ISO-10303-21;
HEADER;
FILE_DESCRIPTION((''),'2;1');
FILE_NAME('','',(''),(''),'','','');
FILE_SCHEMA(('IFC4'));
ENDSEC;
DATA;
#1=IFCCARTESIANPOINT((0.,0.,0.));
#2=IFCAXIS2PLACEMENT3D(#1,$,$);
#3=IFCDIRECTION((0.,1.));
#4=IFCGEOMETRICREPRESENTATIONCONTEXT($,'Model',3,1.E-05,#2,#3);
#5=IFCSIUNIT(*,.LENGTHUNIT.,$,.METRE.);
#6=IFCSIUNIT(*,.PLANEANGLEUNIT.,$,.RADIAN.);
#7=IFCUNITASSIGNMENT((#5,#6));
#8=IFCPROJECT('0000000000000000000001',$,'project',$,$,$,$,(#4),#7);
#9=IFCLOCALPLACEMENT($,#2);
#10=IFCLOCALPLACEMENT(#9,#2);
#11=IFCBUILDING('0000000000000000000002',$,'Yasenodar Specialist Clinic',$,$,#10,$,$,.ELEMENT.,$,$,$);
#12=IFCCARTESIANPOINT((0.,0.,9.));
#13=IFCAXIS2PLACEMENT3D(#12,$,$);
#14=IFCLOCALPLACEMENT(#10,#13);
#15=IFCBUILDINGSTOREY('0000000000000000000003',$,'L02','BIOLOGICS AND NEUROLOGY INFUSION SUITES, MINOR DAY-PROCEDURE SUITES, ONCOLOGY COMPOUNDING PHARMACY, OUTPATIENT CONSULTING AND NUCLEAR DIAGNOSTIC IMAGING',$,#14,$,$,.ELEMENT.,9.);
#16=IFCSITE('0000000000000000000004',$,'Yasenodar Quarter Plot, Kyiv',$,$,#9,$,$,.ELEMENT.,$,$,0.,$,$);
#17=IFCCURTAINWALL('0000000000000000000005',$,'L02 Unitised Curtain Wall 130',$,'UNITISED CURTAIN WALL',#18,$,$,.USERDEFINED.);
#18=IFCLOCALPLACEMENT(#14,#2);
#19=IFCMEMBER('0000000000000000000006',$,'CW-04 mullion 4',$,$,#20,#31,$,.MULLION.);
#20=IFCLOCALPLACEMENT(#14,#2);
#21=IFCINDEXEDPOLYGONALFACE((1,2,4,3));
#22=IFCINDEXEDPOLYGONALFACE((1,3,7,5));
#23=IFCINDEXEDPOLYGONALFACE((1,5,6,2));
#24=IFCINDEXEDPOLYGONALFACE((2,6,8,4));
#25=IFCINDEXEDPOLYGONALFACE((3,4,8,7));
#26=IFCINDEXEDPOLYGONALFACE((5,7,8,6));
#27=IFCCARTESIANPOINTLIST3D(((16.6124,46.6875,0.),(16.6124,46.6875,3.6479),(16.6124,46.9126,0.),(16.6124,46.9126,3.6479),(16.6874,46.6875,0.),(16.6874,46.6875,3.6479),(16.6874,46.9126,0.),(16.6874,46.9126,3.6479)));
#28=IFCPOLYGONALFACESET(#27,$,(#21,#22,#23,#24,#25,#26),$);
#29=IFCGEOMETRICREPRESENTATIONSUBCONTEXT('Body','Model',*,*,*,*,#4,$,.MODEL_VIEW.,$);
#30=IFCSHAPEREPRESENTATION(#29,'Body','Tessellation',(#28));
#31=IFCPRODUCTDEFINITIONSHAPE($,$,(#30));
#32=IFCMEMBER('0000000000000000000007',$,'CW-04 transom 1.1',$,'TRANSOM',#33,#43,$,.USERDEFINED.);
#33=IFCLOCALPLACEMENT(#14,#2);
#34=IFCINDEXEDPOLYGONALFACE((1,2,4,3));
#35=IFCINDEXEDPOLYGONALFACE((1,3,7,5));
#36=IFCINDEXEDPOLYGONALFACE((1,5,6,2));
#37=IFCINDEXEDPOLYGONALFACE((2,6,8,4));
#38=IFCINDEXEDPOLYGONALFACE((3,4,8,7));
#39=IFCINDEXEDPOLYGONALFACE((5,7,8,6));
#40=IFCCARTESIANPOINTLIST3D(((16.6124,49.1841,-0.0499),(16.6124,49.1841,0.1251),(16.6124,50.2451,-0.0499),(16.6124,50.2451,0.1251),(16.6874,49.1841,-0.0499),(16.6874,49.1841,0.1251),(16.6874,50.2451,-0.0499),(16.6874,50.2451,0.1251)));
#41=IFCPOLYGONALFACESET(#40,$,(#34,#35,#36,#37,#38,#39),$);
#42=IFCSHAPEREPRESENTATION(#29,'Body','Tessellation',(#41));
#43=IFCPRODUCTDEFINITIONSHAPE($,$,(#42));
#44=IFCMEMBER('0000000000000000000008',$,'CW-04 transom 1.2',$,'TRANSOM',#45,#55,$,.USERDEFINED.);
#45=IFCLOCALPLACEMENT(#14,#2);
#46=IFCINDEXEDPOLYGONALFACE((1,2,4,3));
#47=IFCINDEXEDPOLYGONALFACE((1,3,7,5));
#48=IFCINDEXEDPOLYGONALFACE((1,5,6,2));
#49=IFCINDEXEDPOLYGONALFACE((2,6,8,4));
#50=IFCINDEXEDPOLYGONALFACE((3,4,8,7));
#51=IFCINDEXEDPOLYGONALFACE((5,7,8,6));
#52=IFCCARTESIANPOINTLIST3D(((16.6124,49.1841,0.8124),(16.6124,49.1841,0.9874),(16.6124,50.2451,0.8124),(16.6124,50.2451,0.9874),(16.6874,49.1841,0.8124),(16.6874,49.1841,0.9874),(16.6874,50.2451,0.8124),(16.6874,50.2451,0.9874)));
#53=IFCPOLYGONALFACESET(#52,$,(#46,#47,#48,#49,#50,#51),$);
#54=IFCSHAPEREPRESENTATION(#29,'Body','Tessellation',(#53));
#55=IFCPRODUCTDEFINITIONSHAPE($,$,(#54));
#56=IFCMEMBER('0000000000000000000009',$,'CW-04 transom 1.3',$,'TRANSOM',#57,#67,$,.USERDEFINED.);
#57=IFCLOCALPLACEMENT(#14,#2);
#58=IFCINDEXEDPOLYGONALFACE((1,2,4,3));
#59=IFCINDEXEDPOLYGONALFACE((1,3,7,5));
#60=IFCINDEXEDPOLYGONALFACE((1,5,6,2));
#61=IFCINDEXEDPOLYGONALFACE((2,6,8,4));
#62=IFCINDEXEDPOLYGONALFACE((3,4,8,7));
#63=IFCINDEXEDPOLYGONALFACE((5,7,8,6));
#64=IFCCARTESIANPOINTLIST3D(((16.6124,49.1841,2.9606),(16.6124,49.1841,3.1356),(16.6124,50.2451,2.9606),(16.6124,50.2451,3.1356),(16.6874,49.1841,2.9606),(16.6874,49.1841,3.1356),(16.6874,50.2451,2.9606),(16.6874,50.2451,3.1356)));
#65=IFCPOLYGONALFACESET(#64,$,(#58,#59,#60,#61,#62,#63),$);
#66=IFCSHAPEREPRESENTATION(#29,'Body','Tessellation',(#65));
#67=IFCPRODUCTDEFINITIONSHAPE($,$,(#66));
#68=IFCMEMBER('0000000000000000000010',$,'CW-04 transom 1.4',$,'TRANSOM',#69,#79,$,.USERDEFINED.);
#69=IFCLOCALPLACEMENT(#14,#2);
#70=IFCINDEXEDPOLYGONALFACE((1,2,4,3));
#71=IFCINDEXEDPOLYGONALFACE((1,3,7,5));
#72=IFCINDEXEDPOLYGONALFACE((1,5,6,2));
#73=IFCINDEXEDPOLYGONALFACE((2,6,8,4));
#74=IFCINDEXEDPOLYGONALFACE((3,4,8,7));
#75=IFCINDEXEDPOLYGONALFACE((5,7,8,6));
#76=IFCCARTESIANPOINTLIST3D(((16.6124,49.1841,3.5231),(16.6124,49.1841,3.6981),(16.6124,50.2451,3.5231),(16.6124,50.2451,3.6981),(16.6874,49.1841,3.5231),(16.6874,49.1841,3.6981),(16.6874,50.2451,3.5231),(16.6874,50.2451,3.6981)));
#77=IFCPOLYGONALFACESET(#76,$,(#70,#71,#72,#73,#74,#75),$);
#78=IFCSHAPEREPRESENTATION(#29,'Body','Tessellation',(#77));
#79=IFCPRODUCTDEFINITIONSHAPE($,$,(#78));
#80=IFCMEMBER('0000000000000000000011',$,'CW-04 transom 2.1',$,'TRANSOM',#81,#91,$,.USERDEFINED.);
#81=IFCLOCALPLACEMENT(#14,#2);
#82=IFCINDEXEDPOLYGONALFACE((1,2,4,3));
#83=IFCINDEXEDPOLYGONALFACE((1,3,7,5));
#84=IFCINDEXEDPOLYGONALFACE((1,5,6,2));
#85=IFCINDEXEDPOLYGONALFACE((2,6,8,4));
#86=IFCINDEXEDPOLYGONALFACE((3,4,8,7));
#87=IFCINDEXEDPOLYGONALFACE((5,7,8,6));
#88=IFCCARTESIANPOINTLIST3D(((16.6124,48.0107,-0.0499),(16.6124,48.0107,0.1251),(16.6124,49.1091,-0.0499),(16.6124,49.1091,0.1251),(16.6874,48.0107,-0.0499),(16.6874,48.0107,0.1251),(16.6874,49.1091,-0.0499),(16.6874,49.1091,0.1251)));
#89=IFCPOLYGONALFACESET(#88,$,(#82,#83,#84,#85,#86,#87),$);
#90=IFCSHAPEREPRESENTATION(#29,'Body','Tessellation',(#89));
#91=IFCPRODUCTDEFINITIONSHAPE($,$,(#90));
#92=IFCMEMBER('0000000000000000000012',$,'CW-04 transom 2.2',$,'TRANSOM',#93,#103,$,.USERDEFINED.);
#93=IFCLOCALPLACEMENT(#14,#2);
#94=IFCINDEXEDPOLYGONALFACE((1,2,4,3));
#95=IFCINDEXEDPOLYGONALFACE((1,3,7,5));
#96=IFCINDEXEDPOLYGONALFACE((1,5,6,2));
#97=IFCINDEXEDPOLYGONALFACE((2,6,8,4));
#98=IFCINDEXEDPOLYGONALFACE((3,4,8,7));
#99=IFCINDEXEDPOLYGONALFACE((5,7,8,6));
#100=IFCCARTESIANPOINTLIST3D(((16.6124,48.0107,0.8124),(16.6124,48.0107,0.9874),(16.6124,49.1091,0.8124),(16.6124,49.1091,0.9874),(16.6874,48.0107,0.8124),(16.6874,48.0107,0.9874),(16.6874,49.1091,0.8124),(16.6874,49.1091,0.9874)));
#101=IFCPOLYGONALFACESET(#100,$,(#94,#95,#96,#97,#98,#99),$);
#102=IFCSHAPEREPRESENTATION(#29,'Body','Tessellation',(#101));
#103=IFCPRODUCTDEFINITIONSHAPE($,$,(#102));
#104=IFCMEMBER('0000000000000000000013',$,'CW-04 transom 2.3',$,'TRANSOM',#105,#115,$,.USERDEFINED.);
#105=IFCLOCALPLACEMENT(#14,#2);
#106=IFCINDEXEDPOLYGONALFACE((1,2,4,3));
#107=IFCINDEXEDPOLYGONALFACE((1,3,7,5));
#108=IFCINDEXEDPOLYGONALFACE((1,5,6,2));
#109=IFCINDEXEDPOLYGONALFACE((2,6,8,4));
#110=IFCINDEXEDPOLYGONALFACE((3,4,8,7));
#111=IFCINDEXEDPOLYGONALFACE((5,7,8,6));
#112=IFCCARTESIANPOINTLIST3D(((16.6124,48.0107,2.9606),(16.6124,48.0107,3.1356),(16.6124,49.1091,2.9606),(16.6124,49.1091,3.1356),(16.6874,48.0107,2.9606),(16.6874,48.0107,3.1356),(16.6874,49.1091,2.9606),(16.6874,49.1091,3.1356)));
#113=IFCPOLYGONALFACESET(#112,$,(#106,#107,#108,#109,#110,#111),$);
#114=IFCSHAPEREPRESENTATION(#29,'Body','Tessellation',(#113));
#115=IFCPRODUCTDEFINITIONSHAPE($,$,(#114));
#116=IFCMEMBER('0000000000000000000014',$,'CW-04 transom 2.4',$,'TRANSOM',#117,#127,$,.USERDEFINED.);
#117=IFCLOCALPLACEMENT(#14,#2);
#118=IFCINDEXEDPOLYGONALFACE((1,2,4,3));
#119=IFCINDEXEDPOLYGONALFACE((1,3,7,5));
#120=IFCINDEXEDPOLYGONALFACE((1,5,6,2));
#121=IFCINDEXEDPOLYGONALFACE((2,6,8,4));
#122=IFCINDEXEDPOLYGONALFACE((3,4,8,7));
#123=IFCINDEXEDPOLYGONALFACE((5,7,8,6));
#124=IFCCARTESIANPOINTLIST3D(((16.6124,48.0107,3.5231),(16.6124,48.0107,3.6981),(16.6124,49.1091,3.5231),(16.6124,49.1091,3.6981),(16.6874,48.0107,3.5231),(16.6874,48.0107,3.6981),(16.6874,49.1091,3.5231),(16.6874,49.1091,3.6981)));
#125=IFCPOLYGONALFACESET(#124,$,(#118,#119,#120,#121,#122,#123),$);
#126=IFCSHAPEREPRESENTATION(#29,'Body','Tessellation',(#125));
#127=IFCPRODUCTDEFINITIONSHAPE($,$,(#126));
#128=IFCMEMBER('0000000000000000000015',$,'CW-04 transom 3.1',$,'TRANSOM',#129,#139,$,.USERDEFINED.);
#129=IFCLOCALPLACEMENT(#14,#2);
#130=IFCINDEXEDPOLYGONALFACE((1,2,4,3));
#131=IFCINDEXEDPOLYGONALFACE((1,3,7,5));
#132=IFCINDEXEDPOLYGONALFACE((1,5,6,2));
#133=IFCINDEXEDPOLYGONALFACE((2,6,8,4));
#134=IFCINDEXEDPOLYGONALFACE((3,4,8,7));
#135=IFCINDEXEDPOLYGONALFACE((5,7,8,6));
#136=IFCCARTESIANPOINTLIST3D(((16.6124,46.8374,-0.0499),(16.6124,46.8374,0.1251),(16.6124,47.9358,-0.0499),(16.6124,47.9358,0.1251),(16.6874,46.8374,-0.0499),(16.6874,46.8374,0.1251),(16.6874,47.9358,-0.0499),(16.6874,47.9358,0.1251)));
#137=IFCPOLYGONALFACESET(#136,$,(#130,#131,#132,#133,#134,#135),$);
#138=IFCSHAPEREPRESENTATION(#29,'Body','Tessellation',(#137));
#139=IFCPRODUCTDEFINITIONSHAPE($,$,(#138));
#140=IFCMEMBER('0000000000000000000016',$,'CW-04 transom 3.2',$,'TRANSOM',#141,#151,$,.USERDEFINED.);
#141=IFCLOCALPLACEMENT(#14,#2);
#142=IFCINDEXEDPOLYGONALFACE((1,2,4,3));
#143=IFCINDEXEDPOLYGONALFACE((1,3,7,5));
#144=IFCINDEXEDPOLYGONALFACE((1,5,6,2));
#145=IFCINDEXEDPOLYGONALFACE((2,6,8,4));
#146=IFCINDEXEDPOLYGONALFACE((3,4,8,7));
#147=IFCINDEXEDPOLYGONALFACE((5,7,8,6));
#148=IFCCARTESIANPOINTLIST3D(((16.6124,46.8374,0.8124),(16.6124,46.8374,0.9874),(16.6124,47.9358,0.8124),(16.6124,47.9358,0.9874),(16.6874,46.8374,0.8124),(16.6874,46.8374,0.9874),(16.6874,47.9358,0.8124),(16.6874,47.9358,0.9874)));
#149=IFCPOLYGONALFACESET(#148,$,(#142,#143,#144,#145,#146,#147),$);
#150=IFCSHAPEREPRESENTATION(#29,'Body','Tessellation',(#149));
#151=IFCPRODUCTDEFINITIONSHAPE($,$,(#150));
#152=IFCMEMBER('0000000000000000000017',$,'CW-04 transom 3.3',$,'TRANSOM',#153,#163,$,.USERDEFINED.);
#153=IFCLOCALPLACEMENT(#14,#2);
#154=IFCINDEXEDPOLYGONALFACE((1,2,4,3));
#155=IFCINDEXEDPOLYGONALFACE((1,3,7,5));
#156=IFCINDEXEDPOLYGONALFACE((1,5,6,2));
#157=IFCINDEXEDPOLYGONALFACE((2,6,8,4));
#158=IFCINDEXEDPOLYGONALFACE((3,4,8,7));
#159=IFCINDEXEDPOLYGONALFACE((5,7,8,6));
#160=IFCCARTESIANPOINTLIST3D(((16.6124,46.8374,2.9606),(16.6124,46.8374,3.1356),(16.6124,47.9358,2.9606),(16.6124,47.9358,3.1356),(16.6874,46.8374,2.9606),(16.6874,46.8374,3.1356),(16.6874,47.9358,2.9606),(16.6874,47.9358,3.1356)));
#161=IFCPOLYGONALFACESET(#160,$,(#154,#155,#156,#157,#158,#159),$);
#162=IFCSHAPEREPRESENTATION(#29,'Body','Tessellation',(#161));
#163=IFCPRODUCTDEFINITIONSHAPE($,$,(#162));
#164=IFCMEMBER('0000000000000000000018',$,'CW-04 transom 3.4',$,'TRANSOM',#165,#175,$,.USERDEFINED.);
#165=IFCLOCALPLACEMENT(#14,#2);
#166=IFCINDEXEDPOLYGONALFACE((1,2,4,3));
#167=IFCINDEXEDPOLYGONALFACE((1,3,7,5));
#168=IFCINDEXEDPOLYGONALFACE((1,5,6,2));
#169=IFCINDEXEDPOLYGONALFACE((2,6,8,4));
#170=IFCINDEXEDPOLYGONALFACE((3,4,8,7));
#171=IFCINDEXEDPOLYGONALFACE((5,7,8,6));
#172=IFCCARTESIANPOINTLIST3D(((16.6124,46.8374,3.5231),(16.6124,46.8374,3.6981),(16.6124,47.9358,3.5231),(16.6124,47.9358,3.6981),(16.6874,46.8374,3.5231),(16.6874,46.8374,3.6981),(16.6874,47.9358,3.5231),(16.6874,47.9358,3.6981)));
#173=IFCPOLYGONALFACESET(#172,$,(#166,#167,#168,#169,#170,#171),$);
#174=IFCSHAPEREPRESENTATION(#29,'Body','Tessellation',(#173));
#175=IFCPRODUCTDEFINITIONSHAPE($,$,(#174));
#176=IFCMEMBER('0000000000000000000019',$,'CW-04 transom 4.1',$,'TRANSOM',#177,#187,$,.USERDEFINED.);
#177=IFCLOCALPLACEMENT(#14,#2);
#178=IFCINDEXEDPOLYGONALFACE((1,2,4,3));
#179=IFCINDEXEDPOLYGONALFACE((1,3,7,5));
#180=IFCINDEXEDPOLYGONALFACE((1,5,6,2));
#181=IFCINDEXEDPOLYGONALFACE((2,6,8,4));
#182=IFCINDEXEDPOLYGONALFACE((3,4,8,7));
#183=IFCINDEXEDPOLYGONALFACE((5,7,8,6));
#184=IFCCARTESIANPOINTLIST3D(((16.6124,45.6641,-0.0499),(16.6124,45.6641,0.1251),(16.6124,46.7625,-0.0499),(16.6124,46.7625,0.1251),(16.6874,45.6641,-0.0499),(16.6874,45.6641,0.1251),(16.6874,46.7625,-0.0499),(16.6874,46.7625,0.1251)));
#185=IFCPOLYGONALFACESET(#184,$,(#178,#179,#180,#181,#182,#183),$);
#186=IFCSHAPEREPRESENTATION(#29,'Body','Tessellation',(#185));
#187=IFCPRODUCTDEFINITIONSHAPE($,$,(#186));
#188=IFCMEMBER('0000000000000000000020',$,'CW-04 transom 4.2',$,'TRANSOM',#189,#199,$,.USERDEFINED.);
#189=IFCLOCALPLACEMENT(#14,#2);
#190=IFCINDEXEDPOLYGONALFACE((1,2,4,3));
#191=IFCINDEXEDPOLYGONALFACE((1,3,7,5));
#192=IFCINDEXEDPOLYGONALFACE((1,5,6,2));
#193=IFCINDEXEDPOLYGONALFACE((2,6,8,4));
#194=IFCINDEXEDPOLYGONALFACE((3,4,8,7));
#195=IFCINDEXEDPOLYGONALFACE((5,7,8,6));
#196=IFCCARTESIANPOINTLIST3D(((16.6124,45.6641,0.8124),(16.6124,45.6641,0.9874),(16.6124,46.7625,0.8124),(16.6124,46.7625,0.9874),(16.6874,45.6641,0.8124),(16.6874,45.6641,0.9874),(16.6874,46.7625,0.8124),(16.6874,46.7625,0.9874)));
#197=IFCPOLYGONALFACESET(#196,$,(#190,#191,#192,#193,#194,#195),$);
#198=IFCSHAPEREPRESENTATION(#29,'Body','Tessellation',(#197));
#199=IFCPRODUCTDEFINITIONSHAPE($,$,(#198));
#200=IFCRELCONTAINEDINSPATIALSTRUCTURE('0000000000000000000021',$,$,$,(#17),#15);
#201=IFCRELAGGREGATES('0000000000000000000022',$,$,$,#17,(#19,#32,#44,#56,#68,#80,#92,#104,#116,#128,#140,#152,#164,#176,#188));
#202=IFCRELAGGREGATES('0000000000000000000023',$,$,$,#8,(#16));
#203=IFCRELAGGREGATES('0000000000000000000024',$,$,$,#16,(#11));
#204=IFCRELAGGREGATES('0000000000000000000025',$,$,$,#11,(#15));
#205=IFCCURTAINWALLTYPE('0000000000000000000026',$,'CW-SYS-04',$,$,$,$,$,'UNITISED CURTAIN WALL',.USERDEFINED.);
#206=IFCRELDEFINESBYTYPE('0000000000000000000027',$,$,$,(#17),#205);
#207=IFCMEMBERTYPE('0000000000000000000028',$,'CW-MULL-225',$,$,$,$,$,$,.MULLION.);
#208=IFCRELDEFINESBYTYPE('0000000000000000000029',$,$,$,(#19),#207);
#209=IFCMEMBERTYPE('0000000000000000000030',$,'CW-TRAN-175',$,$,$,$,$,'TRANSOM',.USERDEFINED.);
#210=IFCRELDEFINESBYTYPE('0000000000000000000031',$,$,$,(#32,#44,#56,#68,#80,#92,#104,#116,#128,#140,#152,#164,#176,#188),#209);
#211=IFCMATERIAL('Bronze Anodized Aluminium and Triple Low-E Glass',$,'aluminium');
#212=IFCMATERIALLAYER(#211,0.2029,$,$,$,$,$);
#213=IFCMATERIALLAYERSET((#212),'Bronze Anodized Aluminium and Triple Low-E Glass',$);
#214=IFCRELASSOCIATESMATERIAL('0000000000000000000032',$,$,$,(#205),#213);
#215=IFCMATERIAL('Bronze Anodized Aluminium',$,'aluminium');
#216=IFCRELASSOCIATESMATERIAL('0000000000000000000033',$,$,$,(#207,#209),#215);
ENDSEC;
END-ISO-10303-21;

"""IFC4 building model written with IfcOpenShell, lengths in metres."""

from ifc_helpers import new_model, si_unit, direction, frame, origin, origin_2d, place, context, subcontext, project, spatial, rectangle, extrude, material, layer, layer_set, material_profile, profile_set, type_object, element, aggregate, save


model = new_model("IFC4")

# Units and contexts
model_context = context("Model", 3, precision=1e-05, world=origin(), true_north=direction((0.0, 1.0)))
body_context = subcontext(model_context, "Body", "Model", "MODEL_VIEW")
ifc_project = project(units=[si_unit("LENGTHUNIT", "METRE"), si_unit("PLANEANGLEUNIT", "RADIAN")], contexts=[model_context])

# Site, building, storey
site_placement = place(None, origin())
site = spatial("IfcSite", under=ifc_project, at=site_placement, Name="Yasenodar Quarter Plot, Kyiv", CompositionType="ELEMENT", RefElevation=0.0)
building_placement = place(site_placement, origin())
building = spatial("IfcBuilding", under=site, at=building_placement, Name="Yasenodar Specialist Clinic", CompositionType="ELEMENT")
storey_placement = place(building_placement, frame((0.0, 0.0, 9.0)))
storey = spatial("IfcBuildingStorey", under=building, at=storey_placement, Name="L02", Description="BIOLOGICS AND NEUROLOGY INFUSION SUITES, MINOR DAY-PROCEDURE SUITES, ONCOLOGY COMPOUNDING PHARMACY, OUTPATIENT CONSULTING AND NUCLEAR DIAGNOSTIC IMAGING", CompositionType="ELEMENT", Elevation=9.0)

# Curtain wall, members
ifc_material_1 = material(Name="Bronze Anodized Aluminium and Triple Low-E Glass", Category="aluminium")
ifc_layer_1 = layer(ifc_material_1, 0.2029)
ifc_layer_set_1 = layer_set([ifc_layer_1], Name="Bronze Anodized Aluminium and Triple Low-E Glass")
curtain_wall_type = type_object("IfcCurtainWallType", Name="CW-SYS-04", ElementType="UNITISED CURTAIN WALL", PredefinedType="USERDEFINED", material=ifc_layer_set_1)
curtain_wall_placement = place(storey_placement, origin())
curtain_wall = element("IfcCurtainWall", 1, at=curtain_wall_placement, inside=storey, type_object=curtain_wall_type, Name="L02 Unitised Curtain Wall 130", ObjectType="UNITISED CURTAIN WALL", PredefinedType="USERDEFINED")
ifc_material_2 = material(Name="Bronze Anodized Aluminium", Category="aluminium")
ifc_material_profile_1 = material_profile(ifc_material_2, rectangle(XDim=0.075, YDim=0.2251, at=origin_2d()), Name="CW-MULL 75x225")
ifc_profile_set_1 = profile_set([ifc_material_profile_1], Name="Bronze Anodized Aluminium")
member_type_1 = type_object("IfcMemberType", Name="CW-MULL-225", PredefinedType="MULLION", material=ifc_profile_set_1)
member_1_placement = place(storey_placement, frame((16.6499, 46.8, 0.0), z_axis=(0.0, 0.0, 1.0), x_axis=(1.0, 0.0, 0.0)))
member_1 = element("IfcMember", 2, at=member_1_placement, type_object=member_type_1, Name="CW-04 mullion 4", PredefinedType="MULLION", context=body_context, shape_type="SweptSolid", body=[
    extrude(rectangle(XDim=0.075, YDim=0.2251, at=origin_2d()), origin(), (0.0, 0.0, 1.0), 3.6479),
])
ifc_material_profile_2 = material_profile(ifc_material_2, rectangle(XDim=0.075, YDim=0.175, at=origin_2d()), Name="CW-TRAN 75x175")
ifc_profile_set_2 = profile_set([ifc_material_profile_2], Name="Bronze Anodized Aluminium")
member_type_2 = type_object("IfcMemberType", Name="CW-TRAN-175", ElementType="TRANSOM", PredefinedType="USERDEFINED", material=ifc_profile_set_2)
member_2_placement = place(storey_placement, frame((16.6499, 50.2451, 0.0376), z_axis=(0.0, -1.0, 0.0), x_axis=(1.0, 0.0, 0.0)))
member_2 = element("IfcMember", 3, at=member_2_placement, type_object=member_type_2, Name="CW-04 transom 1.1", ObjectType="TRANSOM", PredefinedType="USERDEFINED", context=body_context, shape_type="SweptSolid", body=[
    extrude(rectangle(XDim=0.075, YDim=0.175, at=origin_2d()), origin(), (0.0, 0.0, 1.0), 1.061),
])
member_3_placement = place(storey_placement, frame((16.6499, 50.2451, 0.8999), z_axis=(0.0, -1.0, 0.0), x_axis=(1.0, 0.0, 0.0)))
member_3 = element("IfcMember", 4, at=member_3_placement, type_object=member_type_2, Name="CW-04 transom 1.2", ObjectType="TRANSOM", PredefinedType="USERDEFINED", context=body_context, shape_type="SweptSolid", body=[
    extrude(rectangle(XDim=0.075, YDim=0.175, at=origin_2d()), origin(), (0.0, 0.0, 1.0), 1.061),
])
member_4_placement = place(storey_placement, frame((16.6499, 50.2451, 3.0481), z_axis=(0.0, -1.0, 0.0), x_axis=(1.0, 0.0, 0.0)))
member_4 = element("IfcMember", 5, at=member_4_placement, type_object=member_type_2, Name="CW-04 transom 1.3", ObjectType="TRANSOM", PredefinedType="USERDEFINED", context=body_context, shape_type="SweptSolid", body=[
    extrude(rectangle(XDim=0.075, YDim=0.175, at=origin_2d()), origin(), (0.0, 0.0, 1.0), 1.061),
])
member_5_placement = place(storey_placement, frame((16.6499, 50.2451, 3.6106), z_axis=(0.0, -1.0, 0.0), x_axis=(1.0, 0.0, 0.0)))
member_5 = element("IfcMember", 6, at=member_5_placement, type_object=member_type_2, Name="CW-04 transom 1.4", ObjectType="TRANSOM", PredefinedType="USERDEFINED", context=body_context, shape_type="SweptSolid", body=[
    extrude(rectangle(XDim=0.075, YDim=0.175, at=origin_2d()), origin(), (0.0, 0.0, 1.0), 1.061),
])
member_6_placement = place(storey_placement, frame((16.6499, 49.1091, 0.0376), z_axis=(0.0, -1.0, 0.0), x_axis=(1.0, 0.0, 0.0)))
member_6 = element("IfcMember", 7, at=member_6_placement, type_object=member_type_2, Name="CW-04 transom 2.1", ObjectType="TRANSOM", PredefinedType="USERDEFINED", context=body_context, shape_type="SweptSolid", body=[
    extrude(rectangle(XDim=0.075, YDim=0.175, at=origin_2d()), origin(), (0.0, 0.0, 1.0), 1.0984),
])
member_7_placement = place(storey_placement, frame((16.6499, 49.1091, 0.8999), z_axis=(0.0, -1.0, 0.0), x_axis=(1.0, 0.0, 0.0)))
member_7 = element("IfcMember", 8, at=member_7_placement, type_object=member_type_2, Name="CW-04 transom 2.2", ObjectType="TRANSOM", PredefinedType="USERDEFINED", context=body_context, shape_type="SweptSolid", body=[
    extrude(rectangle(XDim=0.075, YDim=0.175, at=origin_2d()), origin(), (0.0, 0.0, 1.0), 1.0984),
])
member_8_placement = place(storey_placement, frame((16.6499, 49.1091, 3.0481), z_axis=(0.0, -1.0, 0.0), x_axis=(1.0, 0.0, 0.0)))
member_8 = element("IfcMember", 9, at=member_8_placement, type_object=member_type_2, Name="CW-04 transom 2.3", ObjectType="TRANSOM", PredefinedType="USERDEFINED", context=body_context, shape_type="SweptSolid", body=[
    extrude(rectangle(XDim=0.075, YDim=0.175, at=origin_2d()), origin(), (0.0, 0.0, 1.0), 1.0984),
])
member_9_placement = place(storey_placement, frame((16.6499, 49.1091, 3.6106), z_axis=(0.0, -1.0, 0.0), x_axis=(1.0, 0.0, 0.0)))
member_9 = element("IfcMember", 10, at=member_9_placement, type_object=member_type_2, Name="CW-04 transom 2.4", ObjectType="TRANSOM", PredefinedType="USERDEFINED", context=body_context, shape_type="SweptSolid", body=[
    extrude(rectangle(XDim=0.075, YDim=0.175, at=origin_2d()), origin(), (0.0, 0.0, 1.0), 1.0984),
])
member_10_placement = place(storey_placement, frame((16.6499, 47.9358, 0.0376), z_axis=(0.0, -1.0, 0.0), x_axis=(1.0, 0.0, 0.0)))
member_10 = element("IfcMember", 11, at=member_10_placement, type_object=member_type_2, Name="CW-04 transom 3.1", ObjectType="TRANSOM", PredefinedType="USERDEFINED", context=body_context, shape_type="SweptSolid", body=[
    extrude(rectangle(XDim=0.075, YDim=0.175, at=origin_2d()), origin(), (0.0, 0.0, 1.0), 1.0984),
])
member_11_placement = place(storey_placement, frame((16.6499, 47.9358, 0.8999), z_axis=(0.0, -1.0, 0.0), x_axis=(1.0, 0.0, 0.0)))
member_11 = element("IfcMember", 12, at=member_11_placement, type_object=member_type_2, Name="CW-04 transom 3.2", ObjectType="TRANSOM", PredefinedType="USERDEFINED", context=body_context, shape_type="SweptSolid", body=[
    extrude(rectangle(XDim=0.075, YDim=0.175, at=origin_2d()), origin(), (0.0, 0.0, 1.0), 1.0984),
])
member_12_placement = place(storey_placement, frame((16.6499, 47.9358, 3.0481), z_axis=(0.0, -1.0, 0.0), x_axis=(1.0, 0.0, 0.0)))
member_12 = element("IfcMember", 13, at=member_12_placement, type_object=member_type_2, Name="CW-04 transom 3.3", ObjectType="TRANSOM", PredefinedType="USERDEFINED", context=body_context, shape_type="SweptSolid", body=[
    extrude(rectangle(XDim=0.075, YDim=0.175, at=origin_2d()), origin(), (0.0, 0.0, 1.0), 1.0984),
])
member_13_placement = place(storey_placement, frame((16.6499, 47.9358, 3.6106), z_axis=(0.0, -1.0, 0.0), x_axis=(1.0, 0.0, 0.0)))
member_13 = element("IfcMember", 14, at=member_13_placement, type_object=member_type_2, Name="CW-04 transom 3.4", ObjectType="TRANSOM", PredefinedType="USERDEFINED", context=body_context, shape_type="SweptSolid", body=[
    extrude(rectangle(XDim=0.075, YDim=0.175, at=origin_2d()), origin(), (0.0, 0.0, 1.0), 1.0984),
])
member_14_placement = place(storey_placement, frame((16.6499, 46.7625, 0.0376), z_axis=(0.0, -1.0, 0.0), x_axis=(1.0, 0.0, 0.0)))
member_14 = element("IfcMember", 15, at=member_14_placement, type_object=member_type_2, Name="CW-04 transom 4.1", ObjectType="TRANSOM", PredefinedType="USERDEFINED", context=body_context, shape_type="SweptSolid", body=[
    extrude(rectangle(XDim=0.075, YDim=0.175, at=origin_2d()), origin(), (0.0, 0.0, 1.0), 1.0984),
])
member_15_placement = place(storey_placement, frame((16.6499, 46.7625, 0.8999), z_axis=(0.0, -1.0, 0.0), x_axis=(1.0, 0.0, 0.0)))
member_15 = element("IfcMember", 16, at=member_15_placement, type_object=member_type_2, Name="CW-04 transom 4.2", ObjectType="TRANSOM", PredefinedType="USERDEFINED", context=body_context, shape_type="SweptSolid", body=[
    extrude(rectangle(XDim=0.075, YDim=0.175, at=origin_2d()), origin(), (0.0, 0.0, 1.0), 1.0984),
])

aggregate(curtain_wall, [member_1, member_2, member_3, member_4, member_5, member_6, member_7, member_8, member_9, member_10, member_11, member_12, member_13, member_14, member_15])

save(model, "model.ifc")
